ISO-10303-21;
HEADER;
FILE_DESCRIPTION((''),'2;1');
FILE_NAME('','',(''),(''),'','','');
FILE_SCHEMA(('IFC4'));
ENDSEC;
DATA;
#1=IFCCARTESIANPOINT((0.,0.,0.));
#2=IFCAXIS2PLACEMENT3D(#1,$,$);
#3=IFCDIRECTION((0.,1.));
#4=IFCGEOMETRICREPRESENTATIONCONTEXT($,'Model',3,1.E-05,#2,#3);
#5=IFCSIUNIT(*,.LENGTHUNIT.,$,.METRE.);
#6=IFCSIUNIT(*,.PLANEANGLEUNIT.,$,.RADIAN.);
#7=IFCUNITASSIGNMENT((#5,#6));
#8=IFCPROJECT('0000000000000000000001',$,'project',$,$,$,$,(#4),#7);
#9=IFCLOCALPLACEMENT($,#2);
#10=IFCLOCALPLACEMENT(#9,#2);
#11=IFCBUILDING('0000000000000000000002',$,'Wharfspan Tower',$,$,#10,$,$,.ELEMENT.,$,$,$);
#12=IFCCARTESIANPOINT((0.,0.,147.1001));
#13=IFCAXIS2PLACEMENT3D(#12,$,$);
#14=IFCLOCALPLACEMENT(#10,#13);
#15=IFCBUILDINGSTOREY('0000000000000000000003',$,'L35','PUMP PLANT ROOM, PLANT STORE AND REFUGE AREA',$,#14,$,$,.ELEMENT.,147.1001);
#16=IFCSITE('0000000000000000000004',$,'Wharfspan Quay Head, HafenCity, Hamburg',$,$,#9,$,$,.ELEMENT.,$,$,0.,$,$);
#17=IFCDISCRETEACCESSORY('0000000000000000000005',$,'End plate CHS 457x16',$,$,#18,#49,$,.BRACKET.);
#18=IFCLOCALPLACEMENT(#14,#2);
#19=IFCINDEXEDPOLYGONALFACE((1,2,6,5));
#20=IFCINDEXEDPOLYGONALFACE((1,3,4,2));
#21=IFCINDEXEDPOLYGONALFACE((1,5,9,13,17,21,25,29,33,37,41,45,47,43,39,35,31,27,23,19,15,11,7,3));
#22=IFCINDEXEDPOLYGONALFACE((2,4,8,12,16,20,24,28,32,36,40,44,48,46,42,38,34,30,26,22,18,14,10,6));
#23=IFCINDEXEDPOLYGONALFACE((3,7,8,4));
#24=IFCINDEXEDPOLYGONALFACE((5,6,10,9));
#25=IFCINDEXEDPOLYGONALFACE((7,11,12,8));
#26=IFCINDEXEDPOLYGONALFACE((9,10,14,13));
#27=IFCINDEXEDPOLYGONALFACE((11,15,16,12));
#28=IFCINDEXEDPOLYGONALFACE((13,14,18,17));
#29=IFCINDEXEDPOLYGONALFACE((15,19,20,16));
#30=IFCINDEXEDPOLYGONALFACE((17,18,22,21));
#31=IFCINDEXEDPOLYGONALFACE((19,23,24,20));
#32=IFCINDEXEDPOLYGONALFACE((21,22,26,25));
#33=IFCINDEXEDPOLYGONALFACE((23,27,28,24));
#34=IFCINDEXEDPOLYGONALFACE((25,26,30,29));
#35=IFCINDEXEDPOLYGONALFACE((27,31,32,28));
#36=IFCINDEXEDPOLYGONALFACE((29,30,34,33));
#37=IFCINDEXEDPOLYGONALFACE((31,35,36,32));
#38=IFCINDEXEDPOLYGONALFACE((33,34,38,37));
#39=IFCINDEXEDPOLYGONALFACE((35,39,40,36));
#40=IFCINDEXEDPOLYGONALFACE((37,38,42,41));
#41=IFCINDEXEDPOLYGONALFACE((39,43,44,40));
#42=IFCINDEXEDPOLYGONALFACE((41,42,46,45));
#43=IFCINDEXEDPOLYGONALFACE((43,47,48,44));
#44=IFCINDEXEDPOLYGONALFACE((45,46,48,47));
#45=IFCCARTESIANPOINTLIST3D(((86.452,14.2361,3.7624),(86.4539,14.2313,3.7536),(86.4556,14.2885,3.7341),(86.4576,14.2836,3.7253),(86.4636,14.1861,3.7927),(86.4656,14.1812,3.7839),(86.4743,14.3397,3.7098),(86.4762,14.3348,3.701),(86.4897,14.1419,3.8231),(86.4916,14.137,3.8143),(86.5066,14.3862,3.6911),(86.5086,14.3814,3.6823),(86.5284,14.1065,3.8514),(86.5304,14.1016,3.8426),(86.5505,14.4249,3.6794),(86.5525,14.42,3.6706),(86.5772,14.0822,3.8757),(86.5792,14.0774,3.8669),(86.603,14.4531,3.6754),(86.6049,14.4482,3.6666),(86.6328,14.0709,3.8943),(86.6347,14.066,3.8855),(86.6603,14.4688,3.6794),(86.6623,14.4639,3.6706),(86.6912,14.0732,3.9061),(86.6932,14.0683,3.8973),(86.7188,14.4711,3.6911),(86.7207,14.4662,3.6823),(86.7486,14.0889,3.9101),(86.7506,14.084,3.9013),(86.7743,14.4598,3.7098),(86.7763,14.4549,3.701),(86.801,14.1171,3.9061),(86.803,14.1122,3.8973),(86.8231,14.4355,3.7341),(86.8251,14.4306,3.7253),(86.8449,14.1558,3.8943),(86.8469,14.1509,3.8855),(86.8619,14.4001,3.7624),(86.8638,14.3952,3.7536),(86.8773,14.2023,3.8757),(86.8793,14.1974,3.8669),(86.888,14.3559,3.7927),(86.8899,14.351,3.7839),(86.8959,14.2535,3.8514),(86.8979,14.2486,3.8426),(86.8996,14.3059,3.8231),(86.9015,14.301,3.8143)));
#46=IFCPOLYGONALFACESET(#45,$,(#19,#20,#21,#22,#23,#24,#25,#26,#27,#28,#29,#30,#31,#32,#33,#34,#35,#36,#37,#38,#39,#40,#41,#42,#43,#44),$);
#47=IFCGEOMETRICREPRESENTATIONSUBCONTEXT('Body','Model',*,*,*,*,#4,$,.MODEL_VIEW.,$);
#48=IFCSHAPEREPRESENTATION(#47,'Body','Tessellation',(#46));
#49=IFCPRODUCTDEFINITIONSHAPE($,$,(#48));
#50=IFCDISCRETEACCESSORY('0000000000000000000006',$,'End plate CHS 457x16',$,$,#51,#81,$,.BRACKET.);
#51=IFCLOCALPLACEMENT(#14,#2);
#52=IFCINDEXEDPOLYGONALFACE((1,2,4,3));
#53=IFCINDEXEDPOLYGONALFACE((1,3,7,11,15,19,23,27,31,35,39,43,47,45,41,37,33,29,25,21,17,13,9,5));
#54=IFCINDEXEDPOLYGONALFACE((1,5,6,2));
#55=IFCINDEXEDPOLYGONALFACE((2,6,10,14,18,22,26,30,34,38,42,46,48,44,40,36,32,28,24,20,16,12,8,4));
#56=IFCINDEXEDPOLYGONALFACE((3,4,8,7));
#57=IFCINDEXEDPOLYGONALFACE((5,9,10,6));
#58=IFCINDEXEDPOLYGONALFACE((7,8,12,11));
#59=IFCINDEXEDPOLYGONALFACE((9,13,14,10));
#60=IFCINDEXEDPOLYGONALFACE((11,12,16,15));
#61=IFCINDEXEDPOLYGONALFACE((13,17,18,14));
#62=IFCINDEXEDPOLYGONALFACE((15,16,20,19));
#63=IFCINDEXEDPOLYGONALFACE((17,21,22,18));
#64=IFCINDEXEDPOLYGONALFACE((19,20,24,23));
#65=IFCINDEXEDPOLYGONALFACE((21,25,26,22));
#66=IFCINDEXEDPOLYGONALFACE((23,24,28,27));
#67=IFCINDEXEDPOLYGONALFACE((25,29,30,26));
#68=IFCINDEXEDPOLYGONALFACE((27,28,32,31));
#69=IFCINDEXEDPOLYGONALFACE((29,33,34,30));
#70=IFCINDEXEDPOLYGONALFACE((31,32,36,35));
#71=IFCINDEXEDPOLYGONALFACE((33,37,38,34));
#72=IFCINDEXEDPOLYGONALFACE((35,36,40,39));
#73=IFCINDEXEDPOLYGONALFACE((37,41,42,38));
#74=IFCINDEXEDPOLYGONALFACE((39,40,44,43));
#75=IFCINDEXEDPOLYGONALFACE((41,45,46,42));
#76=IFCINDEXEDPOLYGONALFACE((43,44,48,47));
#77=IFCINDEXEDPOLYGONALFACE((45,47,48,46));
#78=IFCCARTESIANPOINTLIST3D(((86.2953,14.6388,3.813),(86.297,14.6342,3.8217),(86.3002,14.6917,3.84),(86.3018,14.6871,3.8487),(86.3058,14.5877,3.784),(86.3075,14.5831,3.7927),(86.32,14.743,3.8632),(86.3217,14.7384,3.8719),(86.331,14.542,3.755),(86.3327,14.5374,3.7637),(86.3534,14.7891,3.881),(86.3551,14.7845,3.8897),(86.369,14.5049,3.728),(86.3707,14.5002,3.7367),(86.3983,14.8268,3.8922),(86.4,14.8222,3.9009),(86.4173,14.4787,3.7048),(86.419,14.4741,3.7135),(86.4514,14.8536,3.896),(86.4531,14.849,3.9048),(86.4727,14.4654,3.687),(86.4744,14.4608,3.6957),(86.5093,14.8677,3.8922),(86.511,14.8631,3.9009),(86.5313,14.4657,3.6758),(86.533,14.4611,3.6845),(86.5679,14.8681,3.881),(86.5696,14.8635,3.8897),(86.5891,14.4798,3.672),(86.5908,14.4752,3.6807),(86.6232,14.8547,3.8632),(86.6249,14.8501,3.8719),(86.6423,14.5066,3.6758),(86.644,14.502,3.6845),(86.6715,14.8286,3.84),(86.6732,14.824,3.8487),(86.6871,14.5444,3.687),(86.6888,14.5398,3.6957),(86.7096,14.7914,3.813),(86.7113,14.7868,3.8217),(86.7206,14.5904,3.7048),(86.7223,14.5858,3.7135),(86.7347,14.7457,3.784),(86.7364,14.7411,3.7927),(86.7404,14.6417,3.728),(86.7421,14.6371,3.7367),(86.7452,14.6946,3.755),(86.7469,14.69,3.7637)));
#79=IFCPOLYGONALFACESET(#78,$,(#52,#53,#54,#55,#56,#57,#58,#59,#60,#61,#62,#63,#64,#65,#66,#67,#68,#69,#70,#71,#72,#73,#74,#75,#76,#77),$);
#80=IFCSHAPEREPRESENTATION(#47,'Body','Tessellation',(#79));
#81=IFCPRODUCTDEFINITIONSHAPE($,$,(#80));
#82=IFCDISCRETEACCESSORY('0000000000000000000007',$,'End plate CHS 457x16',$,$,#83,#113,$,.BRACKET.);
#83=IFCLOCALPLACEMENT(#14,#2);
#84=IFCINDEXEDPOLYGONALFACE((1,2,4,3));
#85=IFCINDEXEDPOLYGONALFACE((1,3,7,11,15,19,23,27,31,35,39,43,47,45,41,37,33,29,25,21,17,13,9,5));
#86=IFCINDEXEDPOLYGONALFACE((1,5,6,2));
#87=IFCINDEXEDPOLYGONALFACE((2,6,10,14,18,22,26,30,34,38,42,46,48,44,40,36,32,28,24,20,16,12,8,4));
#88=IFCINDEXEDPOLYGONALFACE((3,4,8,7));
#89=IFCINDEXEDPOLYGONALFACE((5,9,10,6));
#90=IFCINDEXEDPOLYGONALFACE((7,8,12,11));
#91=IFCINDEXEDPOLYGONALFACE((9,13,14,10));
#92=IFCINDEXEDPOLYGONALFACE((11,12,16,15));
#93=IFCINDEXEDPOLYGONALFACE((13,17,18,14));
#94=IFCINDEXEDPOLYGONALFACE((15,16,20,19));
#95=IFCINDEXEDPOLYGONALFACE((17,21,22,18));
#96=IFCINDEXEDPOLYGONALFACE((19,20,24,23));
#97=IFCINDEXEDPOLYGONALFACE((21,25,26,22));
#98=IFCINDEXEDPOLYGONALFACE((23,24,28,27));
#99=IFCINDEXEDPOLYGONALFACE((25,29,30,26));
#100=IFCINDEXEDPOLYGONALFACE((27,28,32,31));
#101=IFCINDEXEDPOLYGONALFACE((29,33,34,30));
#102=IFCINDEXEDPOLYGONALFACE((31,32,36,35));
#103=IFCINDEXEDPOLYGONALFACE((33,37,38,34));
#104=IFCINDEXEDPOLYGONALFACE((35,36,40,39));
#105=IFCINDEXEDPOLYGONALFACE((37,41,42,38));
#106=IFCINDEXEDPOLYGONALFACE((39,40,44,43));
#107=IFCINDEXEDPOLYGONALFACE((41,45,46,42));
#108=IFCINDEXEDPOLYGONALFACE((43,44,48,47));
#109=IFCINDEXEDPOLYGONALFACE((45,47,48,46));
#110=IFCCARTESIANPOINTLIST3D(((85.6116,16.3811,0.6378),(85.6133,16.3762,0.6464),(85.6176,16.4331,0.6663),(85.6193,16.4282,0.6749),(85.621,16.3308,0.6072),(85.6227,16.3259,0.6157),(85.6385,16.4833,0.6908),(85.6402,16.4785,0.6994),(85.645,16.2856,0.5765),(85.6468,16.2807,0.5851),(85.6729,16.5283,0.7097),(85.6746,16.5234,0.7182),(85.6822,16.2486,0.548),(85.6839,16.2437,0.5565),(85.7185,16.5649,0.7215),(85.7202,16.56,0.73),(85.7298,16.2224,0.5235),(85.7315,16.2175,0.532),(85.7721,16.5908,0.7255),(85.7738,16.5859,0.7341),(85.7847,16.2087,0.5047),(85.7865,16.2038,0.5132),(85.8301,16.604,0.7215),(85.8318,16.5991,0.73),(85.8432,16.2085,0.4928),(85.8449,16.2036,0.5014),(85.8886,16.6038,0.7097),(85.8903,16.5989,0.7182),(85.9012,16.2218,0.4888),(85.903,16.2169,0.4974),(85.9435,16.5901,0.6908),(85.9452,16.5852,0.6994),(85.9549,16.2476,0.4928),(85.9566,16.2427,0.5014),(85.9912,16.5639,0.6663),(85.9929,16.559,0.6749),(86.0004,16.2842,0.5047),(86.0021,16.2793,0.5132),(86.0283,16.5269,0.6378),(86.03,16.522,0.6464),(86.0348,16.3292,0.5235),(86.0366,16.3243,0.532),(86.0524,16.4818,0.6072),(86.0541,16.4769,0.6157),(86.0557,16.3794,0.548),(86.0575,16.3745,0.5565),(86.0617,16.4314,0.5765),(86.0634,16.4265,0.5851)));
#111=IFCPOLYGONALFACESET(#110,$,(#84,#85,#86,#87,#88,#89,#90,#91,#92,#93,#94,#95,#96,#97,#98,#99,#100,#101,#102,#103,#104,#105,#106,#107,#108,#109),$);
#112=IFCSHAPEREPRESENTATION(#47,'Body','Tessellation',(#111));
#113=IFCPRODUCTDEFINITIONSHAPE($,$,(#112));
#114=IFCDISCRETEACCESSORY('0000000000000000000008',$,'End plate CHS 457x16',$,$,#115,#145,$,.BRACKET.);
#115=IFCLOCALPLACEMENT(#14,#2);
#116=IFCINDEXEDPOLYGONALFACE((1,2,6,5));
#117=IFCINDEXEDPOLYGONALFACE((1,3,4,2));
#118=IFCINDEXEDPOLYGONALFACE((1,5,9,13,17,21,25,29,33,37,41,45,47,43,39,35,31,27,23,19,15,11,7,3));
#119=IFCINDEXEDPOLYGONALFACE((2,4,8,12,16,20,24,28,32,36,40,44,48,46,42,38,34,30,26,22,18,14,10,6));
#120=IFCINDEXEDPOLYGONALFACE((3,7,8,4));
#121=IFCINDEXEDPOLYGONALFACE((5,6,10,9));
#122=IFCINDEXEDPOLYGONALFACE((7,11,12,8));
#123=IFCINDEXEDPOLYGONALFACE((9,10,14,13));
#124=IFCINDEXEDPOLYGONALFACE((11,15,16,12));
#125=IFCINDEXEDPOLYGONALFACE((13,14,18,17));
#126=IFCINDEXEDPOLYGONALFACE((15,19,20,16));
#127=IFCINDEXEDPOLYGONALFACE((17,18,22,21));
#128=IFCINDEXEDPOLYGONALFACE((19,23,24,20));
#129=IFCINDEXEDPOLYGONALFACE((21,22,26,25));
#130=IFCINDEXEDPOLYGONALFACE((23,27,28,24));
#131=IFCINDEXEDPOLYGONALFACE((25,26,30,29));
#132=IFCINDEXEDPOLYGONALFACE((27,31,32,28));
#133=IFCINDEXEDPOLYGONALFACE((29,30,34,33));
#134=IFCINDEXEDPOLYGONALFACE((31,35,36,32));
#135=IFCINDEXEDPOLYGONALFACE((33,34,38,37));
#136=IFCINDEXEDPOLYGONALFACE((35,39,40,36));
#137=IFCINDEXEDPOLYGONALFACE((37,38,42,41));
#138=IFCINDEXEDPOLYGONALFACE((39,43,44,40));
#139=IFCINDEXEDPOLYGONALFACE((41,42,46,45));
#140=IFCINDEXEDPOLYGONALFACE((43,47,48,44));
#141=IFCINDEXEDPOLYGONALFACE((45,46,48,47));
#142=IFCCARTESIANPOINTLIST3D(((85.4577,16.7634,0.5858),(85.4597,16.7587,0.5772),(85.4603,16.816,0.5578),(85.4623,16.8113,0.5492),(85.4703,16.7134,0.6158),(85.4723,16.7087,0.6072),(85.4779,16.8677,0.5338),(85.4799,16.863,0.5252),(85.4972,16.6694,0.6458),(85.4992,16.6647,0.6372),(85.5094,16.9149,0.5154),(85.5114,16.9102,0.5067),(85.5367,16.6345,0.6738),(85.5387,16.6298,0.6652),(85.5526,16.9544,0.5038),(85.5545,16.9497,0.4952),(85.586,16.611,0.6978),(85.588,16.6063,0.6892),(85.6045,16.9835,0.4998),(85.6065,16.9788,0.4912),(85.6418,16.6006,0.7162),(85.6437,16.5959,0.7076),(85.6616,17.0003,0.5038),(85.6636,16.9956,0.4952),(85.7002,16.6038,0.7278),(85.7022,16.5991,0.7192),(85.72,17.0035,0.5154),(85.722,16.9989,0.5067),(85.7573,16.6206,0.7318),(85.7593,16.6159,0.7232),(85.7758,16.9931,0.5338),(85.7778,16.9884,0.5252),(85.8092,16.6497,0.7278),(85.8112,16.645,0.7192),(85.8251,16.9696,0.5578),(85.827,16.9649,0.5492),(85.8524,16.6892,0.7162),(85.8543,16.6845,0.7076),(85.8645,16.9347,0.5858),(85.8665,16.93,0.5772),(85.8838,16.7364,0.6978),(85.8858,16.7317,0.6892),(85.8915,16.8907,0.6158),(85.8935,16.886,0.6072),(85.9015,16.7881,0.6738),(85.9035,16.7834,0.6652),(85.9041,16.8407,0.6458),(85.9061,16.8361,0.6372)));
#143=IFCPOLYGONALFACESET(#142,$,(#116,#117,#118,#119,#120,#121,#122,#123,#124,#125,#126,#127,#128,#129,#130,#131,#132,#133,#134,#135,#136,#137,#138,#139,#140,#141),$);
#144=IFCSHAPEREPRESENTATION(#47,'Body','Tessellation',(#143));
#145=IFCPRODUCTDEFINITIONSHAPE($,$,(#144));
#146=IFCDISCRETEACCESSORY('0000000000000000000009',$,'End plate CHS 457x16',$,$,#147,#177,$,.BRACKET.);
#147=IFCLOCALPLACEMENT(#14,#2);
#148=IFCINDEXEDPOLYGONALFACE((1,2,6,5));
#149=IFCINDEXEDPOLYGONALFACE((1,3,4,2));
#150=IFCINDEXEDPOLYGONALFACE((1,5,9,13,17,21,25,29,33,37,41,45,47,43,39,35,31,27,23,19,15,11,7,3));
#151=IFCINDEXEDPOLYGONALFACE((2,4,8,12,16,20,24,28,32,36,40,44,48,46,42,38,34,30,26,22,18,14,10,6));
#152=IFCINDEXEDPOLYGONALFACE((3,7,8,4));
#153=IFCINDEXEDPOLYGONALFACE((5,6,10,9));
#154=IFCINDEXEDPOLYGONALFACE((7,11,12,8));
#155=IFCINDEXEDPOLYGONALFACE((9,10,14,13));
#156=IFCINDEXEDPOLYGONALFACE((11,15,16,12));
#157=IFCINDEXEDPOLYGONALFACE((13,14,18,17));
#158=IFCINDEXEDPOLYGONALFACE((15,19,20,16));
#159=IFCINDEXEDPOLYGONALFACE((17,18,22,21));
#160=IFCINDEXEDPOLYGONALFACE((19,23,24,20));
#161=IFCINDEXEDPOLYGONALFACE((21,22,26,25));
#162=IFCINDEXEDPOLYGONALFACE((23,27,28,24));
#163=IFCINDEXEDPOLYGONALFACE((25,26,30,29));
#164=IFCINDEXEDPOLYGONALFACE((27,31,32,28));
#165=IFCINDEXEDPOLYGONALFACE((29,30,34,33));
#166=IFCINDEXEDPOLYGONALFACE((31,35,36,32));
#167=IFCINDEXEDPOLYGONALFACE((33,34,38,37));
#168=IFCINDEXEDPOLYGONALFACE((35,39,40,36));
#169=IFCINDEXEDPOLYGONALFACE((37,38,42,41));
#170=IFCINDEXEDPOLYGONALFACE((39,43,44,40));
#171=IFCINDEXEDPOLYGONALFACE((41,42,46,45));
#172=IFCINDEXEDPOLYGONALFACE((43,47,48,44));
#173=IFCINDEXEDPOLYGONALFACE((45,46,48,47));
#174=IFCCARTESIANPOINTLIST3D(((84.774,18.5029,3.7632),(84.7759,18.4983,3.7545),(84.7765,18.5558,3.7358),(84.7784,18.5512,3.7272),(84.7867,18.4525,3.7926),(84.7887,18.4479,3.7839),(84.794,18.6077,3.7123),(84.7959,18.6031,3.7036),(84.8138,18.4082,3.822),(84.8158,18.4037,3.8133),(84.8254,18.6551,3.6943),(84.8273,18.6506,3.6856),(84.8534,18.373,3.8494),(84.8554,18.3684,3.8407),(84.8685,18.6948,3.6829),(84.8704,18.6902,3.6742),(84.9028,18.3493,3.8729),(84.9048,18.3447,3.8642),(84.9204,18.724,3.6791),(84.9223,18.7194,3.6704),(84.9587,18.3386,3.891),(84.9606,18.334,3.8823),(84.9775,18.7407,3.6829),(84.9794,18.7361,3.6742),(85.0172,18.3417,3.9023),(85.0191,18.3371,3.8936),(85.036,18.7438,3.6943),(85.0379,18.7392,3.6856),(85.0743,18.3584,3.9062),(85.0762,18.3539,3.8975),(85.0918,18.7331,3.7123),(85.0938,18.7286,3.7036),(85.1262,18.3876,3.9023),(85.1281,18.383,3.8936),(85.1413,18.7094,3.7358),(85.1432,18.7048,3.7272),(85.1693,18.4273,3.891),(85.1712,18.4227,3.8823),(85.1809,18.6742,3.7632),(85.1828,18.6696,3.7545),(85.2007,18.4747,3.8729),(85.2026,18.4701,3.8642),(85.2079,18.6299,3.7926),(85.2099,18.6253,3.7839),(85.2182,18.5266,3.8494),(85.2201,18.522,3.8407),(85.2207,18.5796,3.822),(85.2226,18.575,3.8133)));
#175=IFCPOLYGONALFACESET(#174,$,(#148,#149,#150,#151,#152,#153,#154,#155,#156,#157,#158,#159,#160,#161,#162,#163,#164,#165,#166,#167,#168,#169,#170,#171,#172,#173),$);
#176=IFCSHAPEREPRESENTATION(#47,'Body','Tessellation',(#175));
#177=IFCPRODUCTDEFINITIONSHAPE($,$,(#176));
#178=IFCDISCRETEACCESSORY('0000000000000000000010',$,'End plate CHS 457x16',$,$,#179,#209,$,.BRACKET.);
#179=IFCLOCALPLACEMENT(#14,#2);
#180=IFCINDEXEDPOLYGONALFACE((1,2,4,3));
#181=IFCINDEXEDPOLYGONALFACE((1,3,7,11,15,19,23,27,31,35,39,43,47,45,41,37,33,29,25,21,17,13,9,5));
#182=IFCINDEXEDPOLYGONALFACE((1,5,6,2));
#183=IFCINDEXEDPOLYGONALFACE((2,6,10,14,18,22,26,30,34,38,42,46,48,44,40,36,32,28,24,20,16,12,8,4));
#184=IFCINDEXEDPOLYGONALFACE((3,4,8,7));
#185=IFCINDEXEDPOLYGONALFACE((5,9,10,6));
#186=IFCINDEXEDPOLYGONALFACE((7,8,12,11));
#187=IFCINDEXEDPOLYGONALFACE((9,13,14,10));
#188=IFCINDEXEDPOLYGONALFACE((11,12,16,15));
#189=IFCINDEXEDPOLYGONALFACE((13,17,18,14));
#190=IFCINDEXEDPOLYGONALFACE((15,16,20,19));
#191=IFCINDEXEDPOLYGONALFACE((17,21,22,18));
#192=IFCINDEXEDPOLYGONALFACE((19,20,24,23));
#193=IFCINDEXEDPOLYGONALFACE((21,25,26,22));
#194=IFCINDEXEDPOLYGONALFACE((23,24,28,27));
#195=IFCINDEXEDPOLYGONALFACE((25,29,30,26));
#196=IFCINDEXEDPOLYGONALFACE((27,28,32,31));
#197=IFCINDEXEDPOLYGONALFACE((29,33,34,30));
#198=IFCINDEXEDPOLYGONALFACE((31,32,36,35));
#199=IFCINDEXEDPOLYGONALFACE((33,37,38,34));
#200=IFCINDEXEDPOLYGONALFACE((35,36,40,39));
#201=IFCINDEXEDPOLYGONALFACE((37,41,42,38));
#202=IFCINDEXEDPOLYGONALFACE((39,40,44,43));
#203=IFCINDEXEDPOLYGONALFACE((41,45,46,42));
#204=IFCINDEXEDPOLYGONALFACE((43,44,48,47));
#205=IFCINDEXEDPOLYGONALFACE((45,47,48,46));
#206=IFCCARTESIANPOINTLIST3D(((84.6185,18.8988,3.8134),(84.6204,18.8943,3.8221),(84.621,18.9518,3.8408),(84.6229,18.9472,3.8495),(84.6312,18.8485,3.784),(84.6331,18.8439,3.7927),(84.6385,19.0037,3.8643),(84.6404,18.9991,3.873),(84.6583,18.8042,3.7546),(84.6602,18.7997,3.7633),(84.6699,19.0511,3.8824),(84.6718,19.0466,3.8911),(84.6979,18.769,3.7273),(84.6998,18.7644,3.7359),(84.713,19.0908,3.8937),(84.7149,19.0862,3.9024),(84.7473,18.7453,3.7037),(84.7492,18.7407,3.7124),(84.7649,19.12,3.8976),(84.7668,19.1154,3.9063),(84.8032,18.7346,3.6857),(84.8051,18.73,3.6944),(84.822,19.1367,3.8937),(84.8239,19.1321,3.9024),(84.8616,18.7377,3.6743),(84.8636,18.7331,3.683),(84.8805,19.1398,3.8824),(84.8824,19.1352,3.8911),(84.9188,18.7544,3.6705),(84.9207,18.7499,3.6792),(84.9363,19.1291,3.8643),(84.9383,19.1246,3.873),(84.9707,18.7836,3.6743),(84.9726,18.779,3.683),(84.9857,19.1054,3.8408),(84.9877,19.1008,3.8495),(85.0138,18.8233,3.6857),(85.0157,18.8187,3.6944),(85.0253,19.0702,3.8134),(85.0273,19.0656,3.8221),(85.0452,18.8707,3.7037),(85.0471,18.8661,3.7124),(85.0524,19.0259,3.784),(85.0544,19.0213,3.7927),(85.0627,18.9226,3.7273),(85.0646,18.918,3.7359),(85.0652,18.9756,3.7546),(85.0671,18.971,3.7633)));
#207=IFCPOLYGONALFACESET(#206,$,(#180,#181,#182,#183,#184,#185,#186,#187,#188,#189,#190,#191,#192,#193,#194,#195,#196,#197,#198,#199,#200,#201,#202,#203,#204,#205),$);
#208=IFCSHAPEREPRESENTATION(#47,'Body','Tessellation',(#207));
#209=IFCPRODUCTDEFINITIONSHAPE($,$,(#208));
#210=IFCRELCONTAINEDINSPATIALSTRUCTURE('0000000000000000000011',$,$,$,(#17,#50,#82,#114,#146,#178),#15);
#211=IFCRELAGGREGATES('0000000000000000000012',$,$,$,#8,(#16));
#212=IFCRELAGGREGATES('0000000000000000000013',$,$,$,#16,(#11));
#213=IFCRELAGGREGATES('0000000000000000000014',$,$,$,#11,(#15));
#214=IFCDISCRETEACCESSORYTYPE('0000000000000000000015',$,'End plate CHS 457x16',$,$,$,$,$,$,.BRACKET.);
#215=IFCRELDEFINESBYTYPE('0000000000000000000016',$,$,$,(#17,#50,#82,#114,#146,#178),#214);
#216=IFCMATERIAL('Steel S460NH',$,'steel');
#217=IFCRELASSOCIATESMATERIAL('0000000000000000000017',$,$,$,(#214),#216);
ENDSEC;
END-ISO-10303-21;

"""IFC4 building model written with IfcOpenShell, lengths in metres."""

from ifc_helpers import new_model, si_unit, direction, frame, origin, origin_2d, place, context, subcontext, project, spatial, circle, extrude, material, material_profile, profile_set, type_object, element, save


model = new_model("IFC4")

# Units and contexts
model_context = context("Model", 3, precision=1e-05, world=origin(), true_north=direction((0.0, 1.0)))
body_context = subcontext(model_context, "Body", "Model", "MODEL_VIEW")
ifc_project = project(units=[si_unit("LENGTHUNIT", "METRE"), si_unit("PLANEANGLEUNIT", "RADIAN")], contexts=[model_context])

# Site, building, storey
site_placement = place(None, origin())
site = spatial("IfcSite", under=ifc_project, at=site_placement, Name="Wharfspan Quay Head, HafenCity, Hamburg", CompositionType="ELEMENT", RefElevation=0.0)
building_placement = place(site_placement, origin())
building = spatial("IfcBuilding", under=site, at=building_placement, Name="Wharfspan Tower", CompositionType="ELEMENT")
storey_placement = place(building_placement, frame((0.0, 0.0, 147.1001)))
storey = spatial("IfcBuildingStorey", under=building, at=storey_placement, Name="L35", Description="PUMP PLANT ROOM, PLANT STORE AND REFUGE AREA", CompositionType="ELEMENT", Elevation=147.1001)

# Shared definitions
ifc_material_1 = material(Name="Steel S460NH", Category="steel")

# Discrete accessories
ifc_material_profile_1 = material_profile(ifc_material_1, circle(Radius=0.2285, at=origin_2d()))
ifc_profile_set_1 = profile_set([ifc_material_profile_1], Name="Steel S460NH")
discrete_accessory_type_1 = type_object("IfcDiscreteAccessoryType", Name="End plate CHS 457x16", PredefinedType="BRACKET", material=ifc_profile_set_1)
discrete_accessory_1_placement = place(storey_placement, frame((86.6777, 14.2661, 3.7839), z_axis=(-0.190693, 0.476731, 0.858116), x_axis=(-0.928477, -0.371392, 0.0)))
element("IfcDiscreteAccessory", 1, at=discrete_accessory_1_placement, inside=storey, type_object=discrete_accessory_type_1, Name="End plate CHS 457x16", PredefinedType="BRACKET", context=body_context, shape_type="SweptSolid", body=[
    extrude(circle(Radius=0.2285, at=origin_2d()), origin(), (0.0, 0.0, 1.0), 0.0103),
])
for number, where, z_axis, x_axis, name in (
    (2, (86.522, 14.6621, 3.7927), (-0.169476, 0.460007, -0.871592), (-0.938346, -0.345704, 0.000001), "End plate CHS 457x16"),
    (3, (85.8384, 16.4014, 0.6157), (-0.171088, 0.488824, -0.855442), (-0.94386, -0.330352, -0.000001), "End plate CHS 457x16"),
    (4, (85.6829, 16.7974, 0.6072), (-0.196946, 0.467748, 0.86164), (-0.921633, -0.388055, 0.0), "End plate CHS 457x16"),
    (5, (84.9993, 18.5366, 3.7839), (-0.192841, 0.457998, 0.867785), (-0.921639, -0.388058, 0.0), "End plate CHS 457x16"),
    (6, (84.8438, 18.9326, 3.7927), (-0.192841, 0.457998, -0.867785), (-0.921639, -0.388058, 0.0), "End plate CHS 457x16"),
):
    element("IfcDiscreteAccessory", number, at=place(storey_placement, frame(where, z_axis=z_axis, x_axis=x_axis)), inside=storey, type_object=discrete_accessory_type_1, Name=name, PredefinedType="BRACKET", context=body_context, shape_type="SweptSolid", body=[
        extrude(circle(Radius=0.2285, at=origin_2d()), origin(), (0.0, 0.0, 1.0), 0.01),
    ])

save(model, "model.ifc")
